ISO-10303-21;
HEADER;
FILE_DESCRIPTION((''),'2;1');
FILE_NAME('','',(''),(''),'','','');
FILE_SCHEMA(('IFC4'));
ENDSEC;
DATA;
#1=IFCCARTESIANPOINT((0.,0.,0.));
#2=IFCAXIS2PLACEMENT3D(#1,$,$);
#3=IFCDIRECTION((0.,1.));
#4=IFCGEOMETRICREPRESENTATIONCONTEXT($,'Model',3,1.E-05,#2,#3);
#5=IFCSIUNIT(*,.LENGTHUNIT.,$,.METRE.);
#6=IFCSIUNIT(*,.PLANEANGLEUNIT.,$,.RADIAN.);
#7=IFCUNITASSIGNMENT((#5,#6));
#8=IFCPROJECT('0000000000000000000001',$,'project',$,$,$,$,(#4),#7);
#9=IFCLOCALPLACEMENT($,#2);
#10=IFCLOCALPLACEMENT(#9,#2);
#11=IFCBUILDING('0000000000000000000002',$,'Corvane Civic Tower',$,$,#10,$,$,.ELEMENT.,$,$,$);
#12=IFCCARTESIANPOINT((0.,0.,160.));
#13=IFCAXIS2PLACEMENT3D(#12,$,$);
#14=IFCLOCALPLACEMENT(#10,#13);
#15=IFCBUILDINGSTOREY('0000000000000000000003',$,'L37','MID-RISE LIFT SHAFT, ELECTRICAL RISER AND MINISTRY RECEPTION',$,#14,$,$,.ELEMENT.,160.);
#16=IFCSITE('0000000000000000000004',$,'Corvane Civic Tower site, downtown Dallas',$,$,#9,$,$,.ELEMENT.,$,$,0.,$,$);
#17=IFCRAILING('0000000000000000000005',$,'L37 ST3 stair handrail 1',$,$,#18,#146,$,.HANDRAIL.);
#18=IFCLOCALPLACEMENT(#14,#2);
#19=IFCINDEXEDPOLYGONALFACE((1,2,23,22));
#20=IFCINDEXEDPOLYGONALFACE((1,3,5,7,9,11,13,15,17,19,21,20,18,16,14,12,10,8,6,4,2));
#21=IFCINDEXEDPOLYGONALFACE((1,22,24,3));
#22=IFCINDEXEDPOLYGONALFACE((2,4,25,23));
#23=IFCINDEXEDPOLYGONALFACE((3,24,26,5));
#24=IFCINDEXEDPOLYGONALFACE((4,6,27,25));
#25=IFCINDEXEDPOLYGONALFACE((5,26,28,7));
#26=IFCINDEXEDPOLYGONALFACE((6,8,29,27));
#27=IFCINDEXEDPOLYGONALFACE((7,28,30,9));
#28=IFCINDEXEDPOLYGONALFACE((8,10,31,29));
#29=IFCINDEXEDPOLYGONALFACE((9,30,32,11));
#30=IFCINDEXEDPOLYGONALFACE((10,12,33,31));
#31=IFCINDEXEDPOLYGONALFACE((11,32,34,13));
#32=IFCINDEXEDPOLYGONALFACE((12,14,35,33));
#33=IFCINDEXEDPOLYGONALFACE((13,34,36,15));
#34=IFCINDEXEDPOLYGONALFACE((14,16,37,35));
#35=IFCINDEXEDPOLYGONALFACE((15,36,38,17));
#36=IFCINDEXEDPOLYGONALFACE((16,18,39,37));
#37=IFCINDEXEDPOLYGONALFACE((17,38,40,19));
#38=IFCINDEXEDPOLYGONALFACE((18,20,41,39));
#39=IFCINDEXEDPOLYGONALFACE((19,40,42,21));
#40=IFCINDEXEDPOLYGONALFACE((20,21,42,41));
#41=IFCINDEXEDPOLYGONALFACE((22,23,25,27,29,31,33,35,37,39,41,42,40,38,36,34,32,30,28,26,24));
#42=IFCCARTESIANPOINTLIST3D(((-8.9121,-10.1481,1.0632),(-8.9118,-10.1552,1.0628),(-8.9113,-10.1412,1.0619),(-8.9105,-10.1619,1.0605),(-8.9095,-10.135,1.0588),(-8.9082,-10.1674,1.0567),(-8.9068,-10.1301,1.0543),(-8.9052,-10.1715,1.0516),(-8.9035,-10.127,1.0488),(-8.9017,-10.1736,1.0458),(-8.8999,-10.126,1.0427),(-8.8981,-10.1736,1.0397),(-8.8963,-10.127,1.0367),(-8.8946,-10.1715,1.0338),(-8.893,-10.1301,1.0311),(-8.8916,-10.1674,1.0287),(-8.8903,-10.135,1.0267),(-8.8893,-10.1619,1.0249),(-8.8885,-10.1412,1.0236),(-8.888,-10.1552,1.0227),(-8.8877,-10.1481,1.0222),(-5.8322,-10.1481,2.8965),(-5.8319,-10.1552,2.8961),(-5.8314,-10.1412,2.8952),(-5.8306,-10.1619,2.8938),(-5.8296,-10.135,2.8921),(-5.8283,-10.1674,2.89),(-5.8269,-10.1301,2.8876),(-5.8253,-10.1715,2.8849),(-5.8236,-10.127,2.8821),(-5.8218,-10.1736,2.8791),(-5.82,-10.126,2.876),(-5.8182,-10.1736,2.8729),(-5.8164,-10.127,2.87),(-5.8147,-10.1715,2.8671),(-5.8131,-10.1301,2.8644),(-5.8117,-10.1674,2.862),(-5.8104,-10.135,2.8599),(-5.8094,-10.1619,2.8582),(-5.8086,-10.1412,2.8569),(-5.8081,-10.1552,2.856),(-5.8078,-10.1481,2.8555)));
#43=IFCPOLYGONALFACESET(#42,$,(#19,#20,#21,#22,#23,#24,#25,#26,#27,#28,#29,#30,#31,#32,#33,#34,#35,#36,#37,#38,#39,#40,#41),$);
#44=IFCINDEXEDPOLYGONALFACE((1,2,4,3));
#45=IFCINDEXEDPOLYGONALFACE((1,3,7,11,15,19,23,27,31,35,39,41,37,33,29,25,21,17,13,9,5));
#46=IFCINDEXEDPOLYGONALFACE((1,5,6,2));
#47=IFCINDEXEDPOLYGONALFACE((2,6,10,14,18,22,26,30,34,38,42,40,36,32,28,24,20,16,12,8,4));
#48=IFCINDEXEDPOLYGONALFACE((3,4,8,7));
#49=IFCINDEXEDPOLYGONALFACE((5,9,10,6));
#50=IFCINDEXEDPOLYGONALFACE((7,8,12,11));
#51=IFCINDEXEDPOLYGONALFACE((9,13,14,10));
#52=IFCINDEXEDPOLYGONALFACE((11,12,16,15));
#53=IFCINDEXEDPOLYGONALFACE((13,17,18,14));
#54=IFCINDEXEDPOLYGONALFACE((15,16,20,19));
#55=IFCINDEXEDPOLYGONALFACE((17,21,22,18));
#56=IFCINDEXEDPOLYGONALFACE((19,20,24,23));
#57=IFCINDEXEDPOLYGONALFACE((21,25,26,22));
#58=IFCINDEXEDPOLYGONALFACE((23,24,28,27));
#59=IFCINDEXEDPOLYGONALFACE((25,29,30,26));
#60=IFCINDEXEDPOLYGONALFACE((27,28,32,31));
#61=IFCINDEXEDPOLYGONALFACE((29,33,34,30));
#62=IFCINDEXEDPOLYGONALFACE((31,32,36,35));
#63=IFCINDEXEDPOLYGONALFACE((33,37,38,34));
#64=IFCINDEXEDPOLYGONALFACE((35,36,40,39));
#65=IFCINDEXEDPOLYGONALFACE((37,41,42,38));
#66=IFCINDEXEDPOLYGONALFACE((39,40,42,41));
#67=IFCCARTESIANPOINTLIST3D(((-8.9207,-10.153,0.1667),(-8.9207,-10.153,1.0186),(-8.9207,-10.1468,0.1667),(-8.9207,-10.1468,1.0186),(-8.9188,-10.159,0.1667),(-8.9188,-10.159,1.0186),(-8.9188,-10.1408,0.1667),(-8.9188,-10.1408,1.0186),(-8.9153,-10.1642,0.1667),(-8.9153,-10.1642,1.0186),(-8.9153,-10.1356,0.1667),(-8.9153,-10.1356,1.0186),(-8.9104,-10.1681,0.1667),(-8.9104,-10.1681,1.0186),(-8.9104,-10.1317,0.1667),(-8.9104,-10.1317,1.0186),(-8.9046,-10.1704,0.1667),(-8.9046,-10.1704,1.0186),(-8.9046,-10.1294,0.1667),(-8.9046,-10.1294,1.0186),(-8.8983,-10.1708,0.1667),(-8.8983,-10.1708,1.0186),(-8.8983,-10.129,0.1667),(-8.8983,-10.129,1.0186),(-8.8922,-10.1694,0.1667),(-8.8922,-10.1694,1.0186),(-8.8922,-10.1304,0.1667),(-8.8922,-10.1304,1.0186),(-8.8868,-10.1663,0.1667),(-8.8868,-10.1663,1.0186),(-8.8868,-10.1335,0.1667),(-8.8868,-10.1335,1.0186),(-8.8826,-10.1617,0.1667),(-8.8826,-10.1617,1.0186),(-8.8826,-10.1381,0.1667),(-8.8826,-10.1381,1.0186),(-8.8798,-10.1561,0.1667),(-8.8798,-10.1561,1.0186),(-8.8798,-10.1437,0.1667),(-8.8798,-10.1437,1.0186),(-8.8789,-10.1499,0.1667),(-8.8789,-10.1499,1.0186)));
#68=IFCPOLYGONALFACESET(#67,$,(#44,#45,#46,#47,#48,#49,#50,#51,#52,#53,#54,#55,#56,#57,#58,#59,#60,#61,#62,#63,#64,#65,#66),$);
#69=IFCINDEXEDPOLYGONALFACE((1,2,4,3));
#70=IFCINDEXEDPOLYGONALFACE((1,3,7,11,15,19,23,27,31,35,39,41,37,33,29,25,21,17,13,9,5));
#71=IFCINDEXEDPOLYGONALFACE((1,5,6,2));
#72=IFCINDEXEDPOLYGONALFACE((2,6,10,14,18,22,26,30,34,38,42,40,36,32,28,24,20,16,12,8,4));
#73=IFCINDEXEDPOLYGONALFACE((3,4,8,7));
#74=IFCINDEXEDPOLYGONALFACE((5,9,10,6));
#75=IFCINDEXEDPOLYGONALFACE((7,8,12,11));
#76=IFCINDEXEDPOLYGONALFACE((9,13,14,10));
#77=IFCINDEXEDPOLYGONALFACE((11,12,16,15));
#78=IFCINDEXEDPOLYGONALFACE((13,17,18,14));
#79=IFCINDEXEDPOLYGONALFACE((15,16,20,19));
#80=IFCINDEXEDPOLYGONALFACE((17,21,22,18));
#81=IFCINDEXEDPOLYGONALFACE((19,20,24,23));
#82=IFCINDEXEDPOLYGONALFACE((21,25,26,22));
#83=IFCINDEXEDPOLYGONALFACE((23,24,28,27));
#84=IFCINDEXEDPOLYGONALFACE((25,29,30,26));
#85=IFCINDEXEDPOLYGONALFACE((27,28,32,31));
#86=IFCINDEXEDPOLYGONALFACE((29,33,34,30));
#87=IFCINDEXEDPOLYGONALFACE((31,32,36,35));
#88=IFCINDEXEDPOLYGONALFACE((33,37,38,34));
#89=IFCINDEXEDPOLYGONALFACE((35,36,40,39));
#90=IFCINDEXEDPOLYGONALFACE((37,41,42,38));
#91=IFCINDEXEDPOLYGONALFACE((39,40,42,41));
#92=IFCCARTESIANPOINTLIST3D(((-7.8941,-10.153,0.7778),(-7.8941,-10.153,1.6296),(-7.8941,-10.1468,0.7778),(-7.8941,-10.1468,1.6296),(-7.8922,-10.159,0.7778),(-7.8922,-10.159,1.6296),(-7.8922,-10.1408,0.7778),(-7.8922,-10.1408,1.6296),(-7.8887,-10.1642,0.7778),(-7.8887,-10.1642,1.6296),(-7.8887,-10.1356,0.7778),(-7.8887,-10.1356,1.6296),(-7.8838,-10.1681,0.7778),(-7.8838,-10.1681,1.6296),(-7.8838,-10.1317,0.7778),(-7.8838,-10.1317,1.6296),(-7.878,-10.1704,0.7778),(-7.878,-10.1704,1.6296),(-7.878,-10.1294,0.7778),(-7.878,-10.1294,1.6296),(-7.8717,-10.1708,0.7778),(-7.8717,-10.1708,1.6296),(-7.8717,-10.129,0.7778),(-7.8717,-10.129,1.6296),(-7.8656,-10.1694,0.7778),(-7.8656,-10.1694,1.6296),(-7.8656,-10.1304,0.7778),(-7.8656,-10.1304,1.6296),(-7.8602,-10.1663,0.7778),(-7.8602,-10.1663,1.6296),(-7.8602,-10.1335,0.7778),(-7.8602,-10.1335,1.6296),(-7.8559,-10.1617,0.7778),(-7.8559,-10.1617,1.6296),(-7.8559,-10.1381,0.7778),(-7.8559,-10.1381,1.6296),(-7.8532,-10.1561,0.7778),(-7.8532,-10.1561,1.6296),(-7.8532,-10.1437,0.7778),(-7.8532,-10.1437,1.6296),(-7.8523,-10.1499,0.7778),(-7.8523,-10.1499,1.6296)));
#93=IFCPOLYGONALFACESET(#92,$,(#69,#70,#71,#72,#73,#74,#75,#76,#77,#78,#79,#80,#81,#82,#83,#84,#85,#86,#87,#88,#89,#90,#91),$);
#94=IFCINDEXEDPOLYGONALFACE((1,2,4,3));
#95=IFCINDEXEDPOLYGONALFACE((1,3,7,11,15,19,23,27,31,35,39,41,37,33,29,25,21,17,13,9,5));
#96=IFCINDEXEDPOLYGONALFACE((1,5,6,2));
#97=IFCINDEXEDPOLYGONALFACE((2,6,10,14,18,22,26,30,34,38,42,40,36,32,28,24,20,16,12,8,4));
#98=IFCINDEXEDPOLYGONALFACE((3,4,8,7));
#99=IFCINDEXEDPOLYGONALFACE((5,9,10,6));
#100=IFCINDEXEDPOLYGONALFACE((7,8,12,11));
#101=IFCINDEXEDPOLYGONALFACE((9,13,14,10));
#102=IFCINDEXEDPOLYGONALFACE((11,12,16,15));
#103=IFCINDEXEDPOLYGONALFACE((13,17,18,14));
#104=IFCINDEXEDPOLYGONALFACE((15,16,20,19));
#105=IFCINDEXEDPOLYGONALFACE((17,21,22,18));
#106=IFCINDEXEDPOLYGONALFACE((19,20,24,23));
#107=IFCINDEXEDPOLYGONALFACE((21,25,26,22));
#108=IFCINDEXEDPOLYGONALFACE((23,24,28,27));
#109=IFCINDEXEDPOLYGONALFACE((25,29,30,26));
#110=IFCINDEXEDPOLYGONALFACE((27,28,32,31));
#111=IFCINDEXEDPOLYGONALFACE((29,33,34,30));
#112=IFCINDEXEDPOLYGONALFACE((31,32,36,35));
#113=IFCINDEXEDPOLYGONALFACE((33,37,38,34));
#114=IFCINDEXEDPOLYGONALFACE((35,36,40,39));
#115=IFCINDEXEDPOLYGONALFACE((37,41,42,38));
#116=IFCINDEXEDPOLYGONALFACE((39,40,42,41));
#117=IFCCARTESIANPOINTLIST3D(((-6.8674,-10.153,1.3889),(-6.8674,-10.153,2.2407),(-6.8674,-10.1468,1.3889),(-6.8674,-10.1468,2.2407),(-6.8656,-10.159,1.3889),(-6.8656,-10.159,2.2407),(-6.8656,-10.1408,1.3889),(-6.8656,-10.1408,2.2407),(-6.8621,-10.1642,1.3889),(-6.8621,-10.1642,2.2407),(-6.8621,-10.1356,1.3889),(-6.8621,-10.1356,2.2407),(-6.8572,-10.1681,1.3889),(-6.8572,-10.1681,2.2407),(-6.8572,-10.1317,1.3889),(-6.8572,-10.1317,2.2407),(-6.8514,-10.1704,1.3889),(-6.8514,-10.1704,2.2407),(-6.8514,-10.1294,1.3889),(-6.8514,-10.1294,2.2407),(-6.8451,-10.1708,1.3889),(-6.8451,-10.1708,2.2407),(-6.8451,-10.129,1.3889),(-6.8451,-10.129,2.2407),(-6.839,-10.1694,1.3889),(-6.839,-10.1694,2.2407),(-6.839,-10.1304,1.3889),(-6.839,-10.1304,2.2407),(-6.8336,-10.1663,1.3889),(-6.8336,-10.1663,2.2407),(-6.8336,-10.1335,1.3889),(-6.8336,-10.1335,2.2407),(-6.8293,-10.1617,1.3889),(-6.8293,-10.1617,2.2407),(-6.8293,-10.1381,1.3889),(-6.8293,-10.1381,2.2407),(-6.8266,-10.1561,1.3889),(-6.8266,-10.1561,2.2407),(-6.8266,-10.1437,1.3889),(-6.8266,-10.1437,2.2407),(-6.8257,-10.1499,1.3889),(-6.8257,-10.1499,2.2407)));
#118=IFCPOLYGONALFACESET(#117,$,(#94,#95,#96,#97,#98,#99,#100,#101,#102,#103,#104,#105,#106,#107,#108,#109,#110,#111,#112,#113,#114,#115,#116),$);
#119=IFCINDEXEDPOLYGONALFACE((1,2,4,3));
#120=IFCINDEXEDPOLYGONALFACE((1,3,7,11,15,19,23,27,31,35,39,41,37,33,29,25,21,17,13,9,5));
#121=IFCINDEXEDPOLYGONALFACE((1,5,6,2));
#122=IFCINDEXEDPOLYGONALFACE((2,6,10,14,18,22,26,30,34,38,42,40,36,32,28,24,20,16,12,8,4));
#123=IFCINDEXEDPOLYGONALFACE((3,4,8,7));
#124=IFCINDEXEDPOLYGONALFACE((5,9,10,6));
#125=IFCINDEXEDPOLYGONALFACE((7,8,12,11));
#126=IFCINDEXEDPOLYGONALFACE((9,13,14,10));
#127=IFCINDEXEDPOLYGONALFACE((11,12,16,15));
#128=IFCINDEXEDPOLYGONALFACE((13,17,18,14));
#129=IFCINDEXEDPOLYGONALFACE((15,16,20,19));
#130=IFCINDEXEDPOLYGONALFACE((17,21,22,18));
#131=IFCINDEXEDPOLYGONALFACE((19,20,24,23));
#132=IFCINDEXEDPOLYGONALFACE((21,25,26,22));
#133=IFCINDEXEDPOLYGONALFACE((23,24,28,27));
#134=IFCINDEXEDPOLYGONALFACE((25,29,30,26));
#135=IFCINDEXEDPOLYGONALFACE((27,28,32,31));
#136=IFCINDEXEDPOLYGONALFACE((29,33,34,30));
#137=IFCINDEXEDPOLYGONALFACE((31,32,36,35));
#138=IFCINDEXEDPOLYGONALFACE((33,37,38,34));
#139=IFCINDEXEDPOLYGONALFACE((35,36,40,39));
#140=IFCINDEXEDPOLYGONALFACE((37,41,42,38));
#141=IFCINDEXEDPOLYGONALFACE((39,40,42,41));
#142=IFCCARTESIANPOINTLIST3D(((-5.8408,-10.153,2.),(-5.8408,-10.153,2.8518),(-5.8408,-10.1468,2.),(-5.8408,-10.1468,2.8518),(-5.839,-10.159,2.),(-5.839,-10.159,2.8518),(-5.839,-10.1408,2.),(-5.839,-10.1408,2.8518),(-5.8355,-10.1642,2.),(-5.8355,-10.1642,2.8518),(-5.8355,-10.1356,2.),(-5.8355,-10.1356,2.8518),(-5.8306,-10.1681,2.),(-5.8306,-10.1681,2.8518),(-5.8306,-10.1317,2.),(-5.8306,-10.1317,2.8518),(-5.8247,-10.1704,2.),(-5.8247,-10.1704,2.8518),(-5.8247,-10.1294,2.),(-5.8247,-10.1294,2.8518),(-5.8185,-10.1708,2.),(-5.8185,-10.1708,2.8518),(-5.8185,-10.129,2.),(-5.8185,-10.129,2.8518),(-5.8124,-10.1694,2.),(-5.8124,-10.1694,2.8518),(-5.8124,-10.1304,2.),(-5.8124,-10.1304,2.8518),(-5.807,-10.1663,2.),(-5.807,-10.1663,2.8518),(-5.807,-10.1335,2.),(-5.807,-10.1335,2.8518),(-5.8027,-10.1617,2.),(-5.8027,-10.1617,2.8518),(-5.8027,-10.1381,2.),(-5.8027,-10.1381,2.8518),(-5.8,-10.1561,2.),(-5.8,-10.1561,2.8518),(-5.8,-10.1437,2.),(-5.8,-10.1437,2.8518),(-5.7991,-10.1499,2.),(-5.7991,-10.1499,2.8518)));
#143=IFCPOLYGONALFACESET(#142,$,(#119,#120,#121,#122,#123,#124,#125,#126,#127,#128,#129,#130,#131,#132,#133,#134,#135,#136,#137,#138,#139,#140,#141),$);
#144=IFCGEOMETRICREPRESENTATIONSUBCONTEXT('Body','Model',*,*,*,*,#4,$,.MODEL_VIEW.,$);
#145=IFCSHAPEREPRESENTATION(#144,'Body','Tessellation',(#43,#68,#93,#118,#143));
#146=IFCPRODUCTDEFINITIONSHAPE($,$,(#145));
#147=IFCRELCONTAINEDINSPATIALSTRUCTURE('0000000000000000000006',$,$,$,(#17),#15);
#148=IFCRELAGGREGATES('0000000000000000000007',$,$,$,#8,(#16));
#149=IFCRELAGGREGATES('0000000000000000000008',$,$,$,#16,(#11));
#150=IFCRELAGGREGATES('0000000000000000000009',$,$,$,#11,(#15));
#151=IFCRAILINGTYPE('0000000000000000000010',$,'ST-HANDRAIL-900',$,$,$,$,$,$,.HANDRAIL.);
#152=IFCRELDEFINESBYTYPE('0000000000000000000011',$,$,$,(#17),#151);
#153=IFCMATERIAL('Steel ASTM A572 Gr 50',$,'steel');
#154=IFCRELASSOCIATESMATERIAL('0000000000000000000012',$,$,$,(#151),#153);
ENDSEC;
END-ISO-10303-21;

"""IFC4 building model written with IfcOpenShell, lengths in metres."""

from ifc_helpers import new_model, si_unit, direction, frame, origin, origin_2d, place, context, subcontext, project, spatial, circle, extrude, material, type_object, element, save


model = new_model("IFC4")

# Units and contexts
model_context = context("Model", 3, precision=1e-05, world=origin(), true_north=direction((0.0, 1.0)))
body_context = subcontext(model_context, "Body", "Model", "MODEL_VIEW")
ifc_project = project(units=[si_unit("LENGTHUNIT", "METRE"), si_unit("PLANEANGLEUNIT", "RADIAN")], contexts=[model_context])

# Site, building, storey
site_placement = place(None, origin())
site = spatial("IfcSite", under=ifc_project, at=site_placement, Name="Corvane Civic Tower site, downtown Dallas", CompositionType="ELEMENT", RefElevation=0.0)
building_placement = place(site_placement, origin())
building = spatial("IfcBuilding", under=site, at=building_placement, Name="Corvane Civic Tower", CompositionType="ELEMENT")
storey_placement = place(building_placement, frame((0.0, 0.0, 160.0)))
storey = spatial("IfcBuildingStorey", under=building, at=storey_placement, Name="L37", Description="MID-RISE LIFT SHAFT, ELECTRICAL RISER AND MINISTRY RECEPTION", CompositionType="ELEMENT", Elevation=160.0)

# Railing
ifc_material_1 = material(Name="Steel ASTM A572 Gr 50", Category="steel")
railing_type_1 = type_object("IfcRailingType", Name="ST-HANDRAIL-900", PredefinedType="HANDRAIL", material=ifc_material_1)
railing_1_placement = place(storey_placement, frame((-8.8999, -10.1499, 0.1667)))
element("IfcRailing", 1, at=railing_1_placement, inside=storey, type_object=railing_type_1, Name="L37 ST3 stair handrail 1", PredefinedType="HANDRAIL", context=body_context, shape_type="SweptSolid", body=[
    extrude(circle(Radius=0.0239, at=origin_2d()), frame((0.0, 0.0, 0.876), z_axis=(0.859291, 0.0, 0.511487), x_axis=(0.0, 1.0, 0.0)), (0.0, 0.0, 1.0), 3.5842),
    extrude(circle(Radius=0.021, at=origin_2d()), origin(), (0.0, 0.0, 1.0), 0.8518),
    extrude(circle(Radius=0.021, at=origin_2d()), frame((1.0266, 0.0, 0.6111)), (0.0, 0.0, 1.0), 0.8518),
    extrude(circle(Radius=0.021, at=origin_2d()), frame((2.0532, 0.0, 1.2222)), (0.0, 0.0, 1.0), 0.8518),
    extrude(circle(Radius=0.021, at=origin_2d()), frame((3.0798, 0.0, 1.8333)), (0.0, 0.0, 1.0), 0.8518),
])

save(model, "model.ifc")
